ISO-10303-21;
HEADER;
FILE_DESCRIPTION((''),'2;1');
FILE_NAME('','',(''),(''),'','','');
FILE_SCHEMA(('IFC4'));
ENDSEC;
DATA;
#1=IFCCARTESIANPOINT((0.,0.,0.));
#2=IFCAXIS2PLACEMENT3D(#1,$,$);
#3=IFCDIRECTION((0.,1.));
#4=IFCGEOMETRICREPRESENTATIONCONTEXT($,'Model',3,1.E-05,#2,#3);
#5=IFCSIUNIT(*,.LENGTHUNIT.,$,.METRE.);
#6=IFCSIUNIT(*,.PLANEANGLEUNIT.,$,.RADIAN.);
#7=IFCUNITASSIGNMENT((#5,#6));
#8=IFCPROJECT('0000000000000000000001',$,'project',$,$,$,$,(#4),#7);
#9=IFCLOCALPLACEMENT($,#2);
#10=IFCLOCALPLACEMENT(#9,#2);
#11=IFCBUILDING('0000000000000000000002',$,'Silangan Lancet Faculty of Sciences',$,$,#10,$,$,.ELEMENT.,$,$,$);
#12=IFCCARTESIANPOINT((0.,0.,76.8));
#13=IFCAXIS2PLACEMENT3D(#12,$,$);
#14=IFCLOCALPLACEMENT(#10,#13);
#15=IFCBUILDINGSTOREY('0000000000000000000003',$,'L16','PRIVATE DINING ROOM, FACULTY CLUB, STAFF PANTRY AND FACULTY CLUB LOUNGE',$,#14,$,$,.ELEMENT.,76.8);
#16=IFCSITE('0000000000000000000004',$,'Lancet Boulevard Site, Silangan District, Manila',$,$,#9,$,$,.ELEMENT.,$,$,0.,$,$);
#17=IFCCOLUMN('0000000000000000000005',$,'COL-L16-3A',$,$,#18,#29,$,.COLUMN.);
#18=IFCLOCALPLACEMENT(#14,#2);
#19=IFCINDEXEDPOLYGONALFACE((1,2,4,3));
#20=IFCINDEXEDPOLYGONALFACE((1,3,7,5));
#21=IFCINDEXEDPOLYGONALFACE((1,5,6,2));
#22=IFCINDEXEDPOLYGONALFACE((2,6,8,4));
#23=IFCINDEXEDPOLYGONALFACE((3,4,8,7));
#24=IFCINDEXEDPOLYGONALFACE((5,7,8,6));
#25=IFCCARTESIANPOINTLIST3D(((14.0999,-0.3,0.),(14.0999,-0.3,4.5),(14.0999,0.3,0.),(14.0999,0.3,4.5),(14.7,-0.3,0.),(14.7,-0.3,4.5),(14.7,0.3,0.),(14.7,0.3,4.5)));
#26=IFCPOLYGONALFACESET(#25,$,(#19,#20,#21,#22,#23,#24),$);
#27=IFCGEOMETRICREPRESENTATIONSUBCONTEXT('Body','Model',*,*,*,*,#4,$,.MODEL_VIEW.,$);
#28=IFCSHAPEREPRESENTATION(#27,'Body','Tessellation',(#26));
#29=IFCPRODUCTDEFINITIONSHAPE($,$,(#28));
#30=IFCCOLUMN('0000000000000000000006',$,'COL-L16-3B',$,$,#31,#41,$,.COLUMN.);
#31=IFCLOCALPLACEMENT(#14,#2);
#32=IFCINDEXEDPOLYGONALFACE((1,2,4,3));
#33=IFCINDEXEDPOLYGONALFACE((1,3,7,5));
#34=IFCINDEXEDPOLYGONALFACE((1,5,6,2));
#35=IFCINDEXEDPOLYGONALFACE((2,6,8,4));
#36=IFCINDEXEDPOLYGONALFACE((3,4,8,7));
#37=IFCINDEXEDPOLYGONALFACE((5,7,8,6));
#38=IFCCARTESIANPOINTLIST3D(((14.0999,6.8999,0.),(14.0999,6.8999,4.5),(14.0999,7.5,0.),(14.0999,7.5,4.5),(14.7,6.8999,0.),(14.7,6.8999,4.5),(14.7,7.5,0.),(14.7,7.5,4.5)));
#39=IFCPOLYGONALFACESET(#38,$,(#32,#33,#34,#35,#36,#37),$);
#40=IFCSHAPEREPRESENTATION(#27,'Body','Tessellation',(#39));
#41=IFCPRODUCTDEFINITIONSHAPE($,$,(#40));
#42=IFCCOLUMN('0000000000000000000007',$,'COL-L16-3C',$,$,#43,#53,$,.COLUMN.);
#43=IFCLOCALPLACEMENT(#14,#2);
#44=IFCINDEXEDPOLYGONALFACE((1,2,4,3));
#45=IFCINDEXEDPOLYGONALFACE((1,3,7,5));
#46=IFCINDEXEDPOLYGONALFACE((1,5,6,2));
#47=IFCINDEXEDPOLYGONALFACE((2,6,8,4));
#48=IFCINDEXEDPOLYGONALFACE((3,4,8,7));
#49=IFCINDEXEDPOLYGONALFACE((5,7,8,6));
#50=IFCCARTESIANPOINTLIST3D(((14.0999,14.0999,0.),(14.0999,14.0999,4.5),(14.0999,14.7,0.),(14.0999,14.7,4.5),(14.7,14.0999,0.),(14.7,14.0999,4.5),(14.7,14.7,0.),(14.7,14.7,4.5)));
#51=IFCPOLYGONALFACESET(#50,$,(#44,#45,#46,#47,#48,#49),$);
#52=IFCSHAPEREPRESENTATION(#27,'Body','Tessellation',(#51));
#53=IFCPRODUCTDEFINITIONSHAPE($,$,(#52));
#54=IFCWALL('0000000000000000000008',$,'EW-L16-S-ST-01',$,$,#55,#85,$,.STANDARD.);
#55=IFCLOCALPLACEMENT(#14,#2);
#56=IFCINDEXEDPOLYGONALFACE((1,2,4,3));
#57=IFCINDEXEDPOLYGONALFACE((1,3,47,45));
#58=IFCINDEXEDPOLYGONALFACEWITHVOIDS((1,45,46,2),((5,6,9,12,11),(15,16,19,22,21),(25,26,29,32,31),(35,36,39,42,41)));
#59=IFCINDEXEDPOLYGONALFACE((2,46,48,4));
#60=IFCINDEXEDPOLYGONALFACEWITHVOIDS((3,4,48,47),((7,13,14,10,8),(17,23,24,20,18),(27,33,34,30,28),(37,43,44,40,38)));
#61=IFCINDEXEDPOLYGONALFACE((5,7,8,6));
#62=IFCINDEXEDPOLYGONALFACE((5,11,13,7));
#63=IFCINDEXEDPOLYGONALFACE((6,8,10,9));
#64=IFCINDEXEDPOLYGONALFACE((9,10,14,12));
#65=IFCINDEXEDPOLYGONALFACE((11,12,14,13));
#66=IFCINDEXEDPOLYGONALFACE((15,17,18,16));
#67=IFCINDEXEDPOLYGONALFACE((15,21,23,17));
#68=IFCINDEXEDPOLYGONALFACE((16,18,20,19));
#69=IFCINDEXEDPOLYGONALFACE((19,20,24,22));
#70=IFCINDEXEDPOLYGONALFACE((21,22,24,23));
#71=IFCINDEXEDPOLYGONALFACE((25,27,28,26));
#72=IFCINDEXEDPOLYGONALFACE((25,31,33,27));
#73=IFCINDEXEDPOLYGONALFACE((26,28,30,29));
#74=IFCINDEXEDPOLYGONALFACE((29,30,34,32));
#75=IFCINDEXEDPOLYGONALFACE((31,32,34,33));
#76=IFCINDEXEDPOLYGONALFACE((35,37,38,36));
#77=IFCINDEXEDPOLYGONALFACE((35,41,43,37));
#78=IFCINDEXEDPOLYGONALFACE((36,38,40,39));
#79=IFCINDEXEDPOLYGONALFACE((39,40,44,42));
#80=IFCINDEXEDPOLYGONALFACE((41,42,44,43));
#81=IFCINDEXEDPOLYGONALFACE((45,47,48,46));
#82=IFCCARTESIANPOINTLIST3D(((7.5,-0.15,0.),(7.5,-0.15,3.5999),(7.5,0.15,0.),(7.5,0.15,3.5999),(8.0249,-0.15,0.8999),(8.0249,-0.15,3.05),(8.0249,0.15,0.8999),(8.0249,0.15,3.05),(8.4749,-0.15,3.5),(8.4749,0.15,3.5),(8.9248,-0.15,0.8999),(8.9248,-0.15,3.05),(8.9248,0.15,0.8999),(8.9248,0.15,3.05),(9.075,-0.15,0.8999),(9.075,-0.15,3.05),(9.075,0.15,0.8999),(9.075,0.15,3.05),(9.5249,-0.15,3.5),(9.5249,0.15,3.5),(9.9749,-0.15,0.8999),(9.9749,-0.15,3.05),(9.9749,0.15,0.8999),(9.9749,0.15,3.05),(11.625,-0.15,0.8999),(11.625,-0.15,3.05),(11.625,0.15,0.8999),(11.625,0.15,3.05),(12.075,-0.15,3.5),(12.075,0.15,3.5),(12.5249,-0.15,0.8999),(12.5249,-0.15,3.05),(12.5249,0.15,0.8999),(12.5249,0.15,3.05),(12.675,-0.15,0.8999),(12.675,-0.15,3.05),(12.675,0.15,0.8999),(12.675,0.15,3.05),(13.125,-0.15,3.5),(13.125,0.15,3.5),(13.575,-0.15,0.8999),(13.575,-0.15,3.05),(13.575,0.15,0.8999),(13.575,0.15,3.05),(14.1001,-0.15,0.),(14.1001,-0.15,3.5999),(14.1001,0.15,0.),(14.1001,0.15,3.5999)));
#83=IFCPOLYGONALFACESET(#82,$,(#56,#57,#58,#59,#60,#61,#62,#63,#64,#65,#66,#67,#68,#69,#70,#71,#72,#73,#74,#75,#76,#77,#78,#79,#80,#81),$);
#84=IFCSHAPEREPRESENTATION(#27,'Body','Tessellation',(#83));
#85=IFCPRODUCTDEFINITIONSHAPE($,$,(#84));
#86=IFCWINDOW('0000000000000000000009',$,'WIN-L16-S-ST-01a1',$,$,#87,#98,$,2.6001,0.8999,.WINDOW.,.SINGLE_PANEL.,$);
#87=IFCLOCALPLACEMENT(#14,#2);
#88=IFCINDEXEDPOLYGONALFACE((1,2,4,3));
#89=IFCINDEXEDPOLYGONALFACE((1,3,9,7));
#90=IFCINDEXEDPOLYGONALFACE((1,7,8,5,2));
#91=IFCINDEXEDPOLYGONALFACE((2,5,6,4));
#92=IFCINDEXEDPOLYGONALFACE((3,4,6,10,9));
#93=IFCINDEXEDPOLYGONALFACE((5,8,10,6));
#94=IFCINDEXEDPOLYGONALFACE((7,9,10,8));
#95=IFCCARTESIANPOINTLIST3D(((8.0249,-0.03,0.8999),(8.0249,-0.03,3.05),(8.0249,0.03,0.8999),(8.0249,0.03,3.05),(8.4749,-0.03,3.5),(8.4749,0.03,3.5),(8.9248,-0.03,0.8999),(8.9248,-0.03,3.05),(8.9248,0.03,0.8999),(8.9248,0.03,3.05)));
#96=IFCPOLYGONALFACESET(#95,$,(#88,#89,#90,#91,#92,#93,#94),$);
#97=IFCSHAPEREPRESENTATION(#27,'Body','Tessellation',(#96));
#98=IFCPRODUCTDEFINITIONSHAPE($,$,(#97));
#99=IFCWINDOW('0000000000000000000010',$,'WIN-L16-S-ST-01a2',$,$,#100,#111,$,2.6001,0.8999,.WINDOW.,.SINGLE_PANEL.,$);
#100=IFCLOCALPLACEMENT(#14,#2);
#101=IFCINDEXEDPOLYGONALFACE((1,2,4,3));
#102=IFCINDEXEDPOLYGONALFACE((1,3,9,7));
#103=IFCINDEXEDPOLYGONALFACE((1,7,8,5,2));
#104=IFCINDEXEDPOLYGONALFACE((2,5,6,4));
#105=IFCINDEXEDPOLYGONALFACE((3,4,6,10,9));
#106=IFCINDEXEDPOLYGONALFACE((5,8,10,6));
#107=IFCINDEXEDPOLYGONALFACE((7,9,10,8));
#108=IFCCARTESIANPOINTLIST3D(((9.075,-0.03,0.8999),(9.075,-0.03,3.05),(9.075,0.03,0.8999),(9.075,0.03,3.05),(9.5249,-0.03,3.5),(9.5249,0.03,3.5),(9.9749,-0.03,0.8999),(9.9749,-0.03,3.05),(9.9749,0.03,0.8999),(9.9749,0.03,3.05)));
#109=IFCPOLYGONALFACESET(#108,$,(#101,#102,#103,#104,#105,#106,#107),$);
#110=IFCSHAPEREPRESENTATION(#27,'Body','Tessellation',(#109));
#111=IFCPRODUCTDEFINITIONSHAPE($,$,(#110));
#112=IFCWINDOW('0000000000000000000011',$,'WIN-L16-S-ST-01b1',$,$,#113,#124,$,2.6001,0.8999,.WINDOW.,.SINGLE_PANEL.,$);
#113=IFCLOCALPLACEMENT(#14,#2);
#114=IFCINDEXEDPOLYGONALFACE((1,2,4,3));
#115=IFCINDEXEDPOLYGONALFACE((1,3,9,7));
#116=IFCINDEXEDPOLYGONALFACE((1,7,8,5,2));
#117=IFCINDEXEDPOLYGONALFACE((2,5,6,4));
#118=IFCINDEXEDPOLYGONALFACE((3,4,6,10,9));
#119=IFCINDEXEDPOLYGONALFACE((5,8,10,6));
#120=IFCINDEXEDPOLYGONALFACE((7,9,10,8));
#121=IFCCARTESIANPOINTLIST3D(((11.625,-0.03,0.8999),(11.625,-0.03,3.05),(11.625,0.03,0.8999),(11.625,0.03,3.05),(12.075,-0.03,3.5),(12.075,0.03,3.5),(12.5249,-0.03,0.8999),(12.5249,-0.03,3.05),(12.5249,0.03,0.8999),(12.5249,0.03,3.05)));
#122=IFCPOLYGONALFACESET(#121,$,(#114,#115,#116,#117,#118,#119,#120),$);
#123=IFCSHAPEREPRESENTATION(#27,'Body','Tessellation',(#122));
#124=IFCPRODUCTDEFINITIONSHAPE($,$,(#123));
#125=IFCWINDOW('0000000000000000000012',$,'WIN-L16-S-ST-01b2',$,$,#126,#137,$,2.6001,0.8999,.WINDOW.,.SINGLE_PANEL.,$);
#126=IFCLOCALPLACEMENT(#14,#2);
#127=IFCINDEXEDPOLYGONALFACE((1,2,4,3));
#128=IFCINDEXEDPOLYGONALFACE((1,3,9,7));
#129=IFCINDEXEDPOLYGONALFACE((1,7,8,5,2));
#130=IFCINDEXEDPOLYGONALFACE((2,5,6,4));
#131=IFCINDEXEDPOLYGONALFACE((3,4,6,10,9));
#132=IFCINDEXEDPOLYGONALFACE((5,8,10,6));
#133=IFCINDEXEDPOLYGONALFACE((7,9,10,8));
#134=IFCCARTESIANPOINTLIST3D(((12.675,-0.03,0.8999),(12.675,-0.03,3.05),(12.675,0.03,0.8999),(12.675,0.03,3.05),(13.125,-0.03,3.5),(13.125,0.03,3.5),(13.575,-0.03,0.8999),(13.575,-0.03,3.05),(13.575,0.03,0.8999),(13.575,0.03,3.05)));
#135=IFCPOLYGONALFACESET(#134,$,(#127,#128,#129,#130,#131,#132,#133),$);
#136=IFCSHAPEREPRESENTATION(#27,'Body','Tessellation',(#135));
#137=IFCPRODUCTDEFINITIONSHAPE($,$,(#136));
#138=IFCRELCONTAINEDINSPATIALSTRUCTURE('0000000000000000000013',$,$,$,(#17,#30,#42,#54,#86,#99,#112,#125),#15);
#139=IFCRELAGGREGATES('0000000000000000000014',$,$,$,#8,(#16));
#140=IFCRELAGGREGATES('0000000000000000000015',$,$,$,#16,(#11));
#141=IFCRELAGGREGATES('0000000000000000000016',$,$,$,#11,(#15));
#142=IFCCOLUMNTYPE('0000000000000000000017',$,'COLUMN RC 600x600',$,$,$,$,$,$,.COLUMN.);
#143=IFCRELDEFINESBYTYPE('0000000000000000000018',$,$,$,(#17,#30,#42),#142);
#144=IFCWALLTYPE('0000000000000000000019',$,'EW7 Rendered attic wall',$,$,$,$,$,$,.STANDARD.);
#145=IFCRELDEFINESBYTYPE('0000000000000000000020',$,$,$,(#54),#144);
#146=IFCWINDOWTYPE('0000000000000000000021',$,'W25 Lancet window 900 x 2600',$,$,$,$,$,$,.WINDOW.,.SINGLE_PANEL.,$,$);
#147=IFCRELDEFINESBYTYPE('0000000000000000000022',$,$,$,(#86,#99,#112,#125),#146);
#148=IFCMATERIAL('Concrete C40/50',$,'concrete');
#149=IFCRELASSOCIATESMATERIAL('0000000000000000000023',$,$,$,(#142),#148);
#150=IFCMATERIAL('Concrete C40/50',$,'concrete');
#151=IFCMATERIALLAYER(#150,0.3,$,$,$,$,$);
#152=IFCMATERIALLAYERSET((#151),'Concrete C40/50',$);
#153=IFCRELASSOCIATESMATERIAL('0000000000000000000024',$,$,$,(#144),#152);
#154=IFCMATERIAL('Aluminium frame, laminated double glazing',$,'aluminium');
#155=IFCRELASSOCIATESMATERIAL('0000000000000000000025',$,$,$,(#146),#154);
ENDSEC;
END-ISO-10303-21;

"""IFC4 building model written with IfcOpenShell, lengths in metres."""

from ifc_helpers import new_model, si_unit, direction, frame, frame_2d, origin, origin_2d, place, context, subcontext, project, spatial, polyline, rectangle, outline, extrude, material, layer, layer_set, material_profile, profile_set, type_object, element, fill, save


model = new_model("IFC4")

# Units and contexts
model_context = context("Model", 3, precision=1e-05, world=origin(), true_north=direction((0.0, 1.0)))
body_context = subcontext(model_context, "Body", "Model", "MODEL_VIEW")
ifc_project = project(units=[si_unit("LENGTHUNIT", "METRE"), si_unit("PLANEANGLEUNIT", "RADIAN")], contexts=[model_context])

# Site, building, storey
site_placement = place(None, origin())
site = spatial("IfcSite", under=ifc_project, at=site_placement, Name="Lancet Boulevard Site, Silangan District, Manila", CompositionType="ELEMENT", RefElevation=0.0)
building_placement = place(site_placement, origin())
building = spatial("IfcBuilding", under=site, at=building_placement, Name="Silangan Lancet Faculty of Sciences", CompositionType="ELEMENT")
storey_placement = place(building_placement, frame((0.0, 0.0, 76.8)))
storey = spatial("IfcBuildingStorey", under=building, at=storey_placement, Name="L16", Description="PRIVATE DINING ROOM, FACULTY CLUB, STAFF PANTRY AND FACULTY CLUB LOUNGE", CompositionType="ELEMENT", Elevation=76.8)

# Columns
ifc_material_1 = material(Name="Concrete C40/50", Category="concrete")
ifc_material_profile = material_profile(ifc_material_1, rectangle(XDim=0.6001, YDim=0.6001, at=origin_2d()), Name="RC 600x600")
ifc_profile_set = profile_set([ifc_material_profile], Name="Concrete C40/50")
column_type = type_object("IfcColumnType", Name="COLUMN RC 600x600", PredefinedType="COLUMN", material=ifc_profile_set)
for number, where, z_axis, x_axis, name in (
    (1, (14.3999, 0.0, 0.0), (0.0, 0.0, 1.0), (1.0, 0.0, 0.0), "COL-L16-3A"),
    (2, (14.3999, 7.2, 0.0), (0.0, 0.0, 1.0), (1.0, 0.0, 0.0), "COL-L16-3B"),
    (3, (14.3999, 14.3999, 0.0), (0.0, 0.0, 1.0), (1.0, 0.0, 0.0), "COL-L16-3C"),
):
    element("IfcColumn", number, at=place(storey_placement, frame(where, z_axis=z_axis, x_axis=x_axis)), inside=storey, type_object=column_type, Name=name, PredefinedType="COLUMN", context=body_context, shape_type="SweptSolid", body=[
        extrude(rectangle(XDim=0.6001, YDim=0.6001, at=origin_2d()), origin(), (0.0, 0.0, 1.0), 4.5),
    ])

# Wall, openings, windows
ifc_material_2 = material(Name="Concrete C40/50", Category="concrete")
ifc_layer_1 = layer(ifc_material_2, 0.3)
ifc_layer_set_1 = layer_set([ifc_layer_1], Name="Concrete C40/50")
wall_type_1 = type_object("IfcWallType", Name="EW7 Rendered attic wall", PredefinedType="STANDARD", material=ifc_layer_set_1)
wall_1_placement = place(storey_placement, frame((7.5, 0.0, 0.0), z_axis=(0.0, 0.0, 1.0), x_axis=(1.0, 0.0, 0.0)))
wall_1 = element("IfcWall", 4, at=wall_1_placement, inside=storey, type_object=wall_type_1, Name="EW-L16-S-ST-01", PredefinedType="STANDARD", context=body_context, shape_type="SweptSolid", body=[
    extrude(rectangle(XDim=6.6001, YDim=0.3, at=frame_2d((3.3, 0.0))), origin(), (0.0, 0.0, 1.0), 3.5999),
])
opening_1_placement = place(wall_1_placement, frame((0.5249, 0.0, 0.8999)))
opening_1 = element("IfcOpeningElement", 5, at=opening_1_placement, cuts=wall_1, PredefinedType="OPENING", context=body_context, shape_type="SweptSolid", body=[
    extrude(outline(polyline([(0.0, 0.0), (0.8999, 0.0), (0.8999, 2.1501), (0.45, 2.6001), (0.0, 2.1501), (0.0, 0.0)])), frame((0.0, 0.1599, 0.0), z_axis=(0.0, -1.0, 0.0), x_axis=(1.0, 0.0, 0.0)), (0.0, 0.0, 1.0), 0.3201),
])
opening_2_placement = place(wall_1_placement, frame((1.575, 0.0, 0.8999)))
opening_2 = element("IfcOpeningElement", 6, at=opening_2_placement, cuts=wall_1, PredefinedType="OPENING", context=body_context, shape_type="SweptSolid", body=[
    extrude(outline(polyline([(0.0, 0.0), (0.8999, 0.0), (0.8999, 2.1501), (0.45, 2.6001), (0.0, 2.1501), (0.0, 0.0)])), frame((0.0, 0.1599, 0.0), z_axis=(0.0, -1.0, 0.0), x_axis=(1.0, 0.0, 0.0)), (0.0, 0.0, 1.0), 0.3201),
])
opening_3_placement = place(wall_1_placement, frame((4.125, 0.0, 0.8999)))
opening_3 = element("IfcOpeningElement", 7, at=opening_3_placement, cuts=wall_1, PredefinedType="OPENING", context=body_context, shape_type="SweptSolid", body=[
    extrude(outline(polyline([(0.0, 0.0), (0.8999, 0.0), (0.8999, 2.1501), (0.45, 2.6001), (0.0, 2.1501), (0.0, 0.0)])), frame((0.0, 0.1599, 0.0), z_axis=(0.0, -1.0, 0.0), x_axis=(1.0, 0.0, 0.0)), (0.0, 0.0, 1.0), 0.3201),
])
opening_4_placement = place(wall_1_placement, frame((5.175, 0.0, 0.8999)))
opening_4 = element("IfcOpeningElement", 8, at=opening_4_placement, cuts=wall_1, PredefinedType="OPENING", context=body_context, shape_type="SweptSolid", body=[
    extrude(outline(polyline([(0.0, 0.0), (0.8999, 0.0), (0.8999, 2.1501), (0.45, 2.6001), (0.0, 2.1501), (0.0, 0.0)])), frame((0.0, 0.1599, 0.0), z_axis=(0.0, -1.0, 0.0), x_axis=(1.0, 0.0, 0.0)), (0.0, 0.0, 1.0), 0.3201),
])
ifc_material_3 = material(Name="Aluminium frame, laminated double glazing", Category="aluminium")
window_type = type_object("IfcWindowType", Name="W25 Lancet window 900 x 2600", PartitioningType="SINGLE_PANEL", PredefinedType="WINDOW", material=ifc_material_3)
window_1_placement = place(opening_1_placement, origin())
window_1 = element("IfcWindow", 9, at=window_1_placement, inside=storey, type_object=window_type, Name="WIN-L16-S-ST-01a1", OverallHeight=2.6001, OverallWidth=0.8999, PartitioningType="SINGLE_PANEL", PredefinedType="WINDOW", context=body_context, shape_type="SweptSolid", body=[
    extrude(outline(polyline([(0.0, 0.0), (0.8999, 0.0), (0.8999, 2.1501), (0.45, 2.6001), (0.0, 2.1501), (0.0, 0.0)])), frame((0.0, 0.03, 0.0), z_axis=(0.0, -1.0, 0.0), x_axis=(1.0, 0.0, 0.0)), (0.0, 0.0, 1.0), 0.0601),
])
fill(opening_1, window_1)
window_2_placement = place(opening_2_placement, origin())
window_2 = element("IfcWindow", 10, at=window_2_placement, inside=storey, type_object=window_type, Name="WIN-L16-S-ST-01a2", OverallHeight=2.6001, OverallWidth=0.8999, PartitioningType="SINGLE_PANEL", PredefinedType="WINDOW", context=body_context, shape_type="SweptSolid", body=[
    extrude(outline(polyline([(0.0, 0.0), (0.8999, 0.0), (0.8999, 2.1501), (0.45, 2.6001), (0.0, 2.1501), (0.0, 0.0)])), frame((0.0, 0.03, 0.0), z_axis=(0.0, -1.0, 0.0), x_axis=(1.0, 0.0, 0.0)), (0.0, 0.0, 1.0), 0.0601),
])
fill(opening_2, window_2)
window_3_placement = place(opening_3_placement, origin())
window_3 = element("IfcWindow", 11, at=window_3_placement, inside=storey, type_object=window_type, Name="WIN-L16-S-ST-01b1", OverallHeight=2.6001, OverallWidth=0.8999, PartitioningType="SINGLE_PANEL", PredefinedType="WINDOW", context=body_context, shape_type="SweptSolid", body=[
    extrude(outline(polyline([(0.0, 0.0), (0.8999, 0.0), (0.8999, 2.1501), (0.45, 2.6001), (0.0, 2.1501), (0.0, 0.0)])), frame((0.0, 0.03, 0.0), z_axis=(0.0, -1.0, 0.0), x_axis=(1.0, 0.0, 0.0)), (0.0, 0.0, 1.0), 0.0601),
])
fill(opening_3, window_3)
window_4_placement = place(opening_4_placement, origin())
window_4 = element("IfcWindow", 12, at=window_4_placement, inside=storey, type_object=window_type, Name="WIN-L16-S-ST-01b2", OverallHeight=2.6001, OverallWidth=0.8999, PartitioningType="SINGLE_PANEL", PredefinedType="WINDOW", context=body_context, shape_type="SweptSolid", body=[
    extrude(outline(polyline([(0.0, 0.0), (0.8999, 0.0), (0.8999, 2.1501), (0.45, 2.6001), (0.0, 2.1501), (0.0, 0.0)])), frame((0.0, 0.03, 0.0), z_axis=(0.0, -1.0, 0.0), x_axis=(1.0, 0.0, 0.0)), (0.0, 0.0, 1.0), 0.0601),
])
fill(opening_4, window_4)

save(model, "model.ifc")
